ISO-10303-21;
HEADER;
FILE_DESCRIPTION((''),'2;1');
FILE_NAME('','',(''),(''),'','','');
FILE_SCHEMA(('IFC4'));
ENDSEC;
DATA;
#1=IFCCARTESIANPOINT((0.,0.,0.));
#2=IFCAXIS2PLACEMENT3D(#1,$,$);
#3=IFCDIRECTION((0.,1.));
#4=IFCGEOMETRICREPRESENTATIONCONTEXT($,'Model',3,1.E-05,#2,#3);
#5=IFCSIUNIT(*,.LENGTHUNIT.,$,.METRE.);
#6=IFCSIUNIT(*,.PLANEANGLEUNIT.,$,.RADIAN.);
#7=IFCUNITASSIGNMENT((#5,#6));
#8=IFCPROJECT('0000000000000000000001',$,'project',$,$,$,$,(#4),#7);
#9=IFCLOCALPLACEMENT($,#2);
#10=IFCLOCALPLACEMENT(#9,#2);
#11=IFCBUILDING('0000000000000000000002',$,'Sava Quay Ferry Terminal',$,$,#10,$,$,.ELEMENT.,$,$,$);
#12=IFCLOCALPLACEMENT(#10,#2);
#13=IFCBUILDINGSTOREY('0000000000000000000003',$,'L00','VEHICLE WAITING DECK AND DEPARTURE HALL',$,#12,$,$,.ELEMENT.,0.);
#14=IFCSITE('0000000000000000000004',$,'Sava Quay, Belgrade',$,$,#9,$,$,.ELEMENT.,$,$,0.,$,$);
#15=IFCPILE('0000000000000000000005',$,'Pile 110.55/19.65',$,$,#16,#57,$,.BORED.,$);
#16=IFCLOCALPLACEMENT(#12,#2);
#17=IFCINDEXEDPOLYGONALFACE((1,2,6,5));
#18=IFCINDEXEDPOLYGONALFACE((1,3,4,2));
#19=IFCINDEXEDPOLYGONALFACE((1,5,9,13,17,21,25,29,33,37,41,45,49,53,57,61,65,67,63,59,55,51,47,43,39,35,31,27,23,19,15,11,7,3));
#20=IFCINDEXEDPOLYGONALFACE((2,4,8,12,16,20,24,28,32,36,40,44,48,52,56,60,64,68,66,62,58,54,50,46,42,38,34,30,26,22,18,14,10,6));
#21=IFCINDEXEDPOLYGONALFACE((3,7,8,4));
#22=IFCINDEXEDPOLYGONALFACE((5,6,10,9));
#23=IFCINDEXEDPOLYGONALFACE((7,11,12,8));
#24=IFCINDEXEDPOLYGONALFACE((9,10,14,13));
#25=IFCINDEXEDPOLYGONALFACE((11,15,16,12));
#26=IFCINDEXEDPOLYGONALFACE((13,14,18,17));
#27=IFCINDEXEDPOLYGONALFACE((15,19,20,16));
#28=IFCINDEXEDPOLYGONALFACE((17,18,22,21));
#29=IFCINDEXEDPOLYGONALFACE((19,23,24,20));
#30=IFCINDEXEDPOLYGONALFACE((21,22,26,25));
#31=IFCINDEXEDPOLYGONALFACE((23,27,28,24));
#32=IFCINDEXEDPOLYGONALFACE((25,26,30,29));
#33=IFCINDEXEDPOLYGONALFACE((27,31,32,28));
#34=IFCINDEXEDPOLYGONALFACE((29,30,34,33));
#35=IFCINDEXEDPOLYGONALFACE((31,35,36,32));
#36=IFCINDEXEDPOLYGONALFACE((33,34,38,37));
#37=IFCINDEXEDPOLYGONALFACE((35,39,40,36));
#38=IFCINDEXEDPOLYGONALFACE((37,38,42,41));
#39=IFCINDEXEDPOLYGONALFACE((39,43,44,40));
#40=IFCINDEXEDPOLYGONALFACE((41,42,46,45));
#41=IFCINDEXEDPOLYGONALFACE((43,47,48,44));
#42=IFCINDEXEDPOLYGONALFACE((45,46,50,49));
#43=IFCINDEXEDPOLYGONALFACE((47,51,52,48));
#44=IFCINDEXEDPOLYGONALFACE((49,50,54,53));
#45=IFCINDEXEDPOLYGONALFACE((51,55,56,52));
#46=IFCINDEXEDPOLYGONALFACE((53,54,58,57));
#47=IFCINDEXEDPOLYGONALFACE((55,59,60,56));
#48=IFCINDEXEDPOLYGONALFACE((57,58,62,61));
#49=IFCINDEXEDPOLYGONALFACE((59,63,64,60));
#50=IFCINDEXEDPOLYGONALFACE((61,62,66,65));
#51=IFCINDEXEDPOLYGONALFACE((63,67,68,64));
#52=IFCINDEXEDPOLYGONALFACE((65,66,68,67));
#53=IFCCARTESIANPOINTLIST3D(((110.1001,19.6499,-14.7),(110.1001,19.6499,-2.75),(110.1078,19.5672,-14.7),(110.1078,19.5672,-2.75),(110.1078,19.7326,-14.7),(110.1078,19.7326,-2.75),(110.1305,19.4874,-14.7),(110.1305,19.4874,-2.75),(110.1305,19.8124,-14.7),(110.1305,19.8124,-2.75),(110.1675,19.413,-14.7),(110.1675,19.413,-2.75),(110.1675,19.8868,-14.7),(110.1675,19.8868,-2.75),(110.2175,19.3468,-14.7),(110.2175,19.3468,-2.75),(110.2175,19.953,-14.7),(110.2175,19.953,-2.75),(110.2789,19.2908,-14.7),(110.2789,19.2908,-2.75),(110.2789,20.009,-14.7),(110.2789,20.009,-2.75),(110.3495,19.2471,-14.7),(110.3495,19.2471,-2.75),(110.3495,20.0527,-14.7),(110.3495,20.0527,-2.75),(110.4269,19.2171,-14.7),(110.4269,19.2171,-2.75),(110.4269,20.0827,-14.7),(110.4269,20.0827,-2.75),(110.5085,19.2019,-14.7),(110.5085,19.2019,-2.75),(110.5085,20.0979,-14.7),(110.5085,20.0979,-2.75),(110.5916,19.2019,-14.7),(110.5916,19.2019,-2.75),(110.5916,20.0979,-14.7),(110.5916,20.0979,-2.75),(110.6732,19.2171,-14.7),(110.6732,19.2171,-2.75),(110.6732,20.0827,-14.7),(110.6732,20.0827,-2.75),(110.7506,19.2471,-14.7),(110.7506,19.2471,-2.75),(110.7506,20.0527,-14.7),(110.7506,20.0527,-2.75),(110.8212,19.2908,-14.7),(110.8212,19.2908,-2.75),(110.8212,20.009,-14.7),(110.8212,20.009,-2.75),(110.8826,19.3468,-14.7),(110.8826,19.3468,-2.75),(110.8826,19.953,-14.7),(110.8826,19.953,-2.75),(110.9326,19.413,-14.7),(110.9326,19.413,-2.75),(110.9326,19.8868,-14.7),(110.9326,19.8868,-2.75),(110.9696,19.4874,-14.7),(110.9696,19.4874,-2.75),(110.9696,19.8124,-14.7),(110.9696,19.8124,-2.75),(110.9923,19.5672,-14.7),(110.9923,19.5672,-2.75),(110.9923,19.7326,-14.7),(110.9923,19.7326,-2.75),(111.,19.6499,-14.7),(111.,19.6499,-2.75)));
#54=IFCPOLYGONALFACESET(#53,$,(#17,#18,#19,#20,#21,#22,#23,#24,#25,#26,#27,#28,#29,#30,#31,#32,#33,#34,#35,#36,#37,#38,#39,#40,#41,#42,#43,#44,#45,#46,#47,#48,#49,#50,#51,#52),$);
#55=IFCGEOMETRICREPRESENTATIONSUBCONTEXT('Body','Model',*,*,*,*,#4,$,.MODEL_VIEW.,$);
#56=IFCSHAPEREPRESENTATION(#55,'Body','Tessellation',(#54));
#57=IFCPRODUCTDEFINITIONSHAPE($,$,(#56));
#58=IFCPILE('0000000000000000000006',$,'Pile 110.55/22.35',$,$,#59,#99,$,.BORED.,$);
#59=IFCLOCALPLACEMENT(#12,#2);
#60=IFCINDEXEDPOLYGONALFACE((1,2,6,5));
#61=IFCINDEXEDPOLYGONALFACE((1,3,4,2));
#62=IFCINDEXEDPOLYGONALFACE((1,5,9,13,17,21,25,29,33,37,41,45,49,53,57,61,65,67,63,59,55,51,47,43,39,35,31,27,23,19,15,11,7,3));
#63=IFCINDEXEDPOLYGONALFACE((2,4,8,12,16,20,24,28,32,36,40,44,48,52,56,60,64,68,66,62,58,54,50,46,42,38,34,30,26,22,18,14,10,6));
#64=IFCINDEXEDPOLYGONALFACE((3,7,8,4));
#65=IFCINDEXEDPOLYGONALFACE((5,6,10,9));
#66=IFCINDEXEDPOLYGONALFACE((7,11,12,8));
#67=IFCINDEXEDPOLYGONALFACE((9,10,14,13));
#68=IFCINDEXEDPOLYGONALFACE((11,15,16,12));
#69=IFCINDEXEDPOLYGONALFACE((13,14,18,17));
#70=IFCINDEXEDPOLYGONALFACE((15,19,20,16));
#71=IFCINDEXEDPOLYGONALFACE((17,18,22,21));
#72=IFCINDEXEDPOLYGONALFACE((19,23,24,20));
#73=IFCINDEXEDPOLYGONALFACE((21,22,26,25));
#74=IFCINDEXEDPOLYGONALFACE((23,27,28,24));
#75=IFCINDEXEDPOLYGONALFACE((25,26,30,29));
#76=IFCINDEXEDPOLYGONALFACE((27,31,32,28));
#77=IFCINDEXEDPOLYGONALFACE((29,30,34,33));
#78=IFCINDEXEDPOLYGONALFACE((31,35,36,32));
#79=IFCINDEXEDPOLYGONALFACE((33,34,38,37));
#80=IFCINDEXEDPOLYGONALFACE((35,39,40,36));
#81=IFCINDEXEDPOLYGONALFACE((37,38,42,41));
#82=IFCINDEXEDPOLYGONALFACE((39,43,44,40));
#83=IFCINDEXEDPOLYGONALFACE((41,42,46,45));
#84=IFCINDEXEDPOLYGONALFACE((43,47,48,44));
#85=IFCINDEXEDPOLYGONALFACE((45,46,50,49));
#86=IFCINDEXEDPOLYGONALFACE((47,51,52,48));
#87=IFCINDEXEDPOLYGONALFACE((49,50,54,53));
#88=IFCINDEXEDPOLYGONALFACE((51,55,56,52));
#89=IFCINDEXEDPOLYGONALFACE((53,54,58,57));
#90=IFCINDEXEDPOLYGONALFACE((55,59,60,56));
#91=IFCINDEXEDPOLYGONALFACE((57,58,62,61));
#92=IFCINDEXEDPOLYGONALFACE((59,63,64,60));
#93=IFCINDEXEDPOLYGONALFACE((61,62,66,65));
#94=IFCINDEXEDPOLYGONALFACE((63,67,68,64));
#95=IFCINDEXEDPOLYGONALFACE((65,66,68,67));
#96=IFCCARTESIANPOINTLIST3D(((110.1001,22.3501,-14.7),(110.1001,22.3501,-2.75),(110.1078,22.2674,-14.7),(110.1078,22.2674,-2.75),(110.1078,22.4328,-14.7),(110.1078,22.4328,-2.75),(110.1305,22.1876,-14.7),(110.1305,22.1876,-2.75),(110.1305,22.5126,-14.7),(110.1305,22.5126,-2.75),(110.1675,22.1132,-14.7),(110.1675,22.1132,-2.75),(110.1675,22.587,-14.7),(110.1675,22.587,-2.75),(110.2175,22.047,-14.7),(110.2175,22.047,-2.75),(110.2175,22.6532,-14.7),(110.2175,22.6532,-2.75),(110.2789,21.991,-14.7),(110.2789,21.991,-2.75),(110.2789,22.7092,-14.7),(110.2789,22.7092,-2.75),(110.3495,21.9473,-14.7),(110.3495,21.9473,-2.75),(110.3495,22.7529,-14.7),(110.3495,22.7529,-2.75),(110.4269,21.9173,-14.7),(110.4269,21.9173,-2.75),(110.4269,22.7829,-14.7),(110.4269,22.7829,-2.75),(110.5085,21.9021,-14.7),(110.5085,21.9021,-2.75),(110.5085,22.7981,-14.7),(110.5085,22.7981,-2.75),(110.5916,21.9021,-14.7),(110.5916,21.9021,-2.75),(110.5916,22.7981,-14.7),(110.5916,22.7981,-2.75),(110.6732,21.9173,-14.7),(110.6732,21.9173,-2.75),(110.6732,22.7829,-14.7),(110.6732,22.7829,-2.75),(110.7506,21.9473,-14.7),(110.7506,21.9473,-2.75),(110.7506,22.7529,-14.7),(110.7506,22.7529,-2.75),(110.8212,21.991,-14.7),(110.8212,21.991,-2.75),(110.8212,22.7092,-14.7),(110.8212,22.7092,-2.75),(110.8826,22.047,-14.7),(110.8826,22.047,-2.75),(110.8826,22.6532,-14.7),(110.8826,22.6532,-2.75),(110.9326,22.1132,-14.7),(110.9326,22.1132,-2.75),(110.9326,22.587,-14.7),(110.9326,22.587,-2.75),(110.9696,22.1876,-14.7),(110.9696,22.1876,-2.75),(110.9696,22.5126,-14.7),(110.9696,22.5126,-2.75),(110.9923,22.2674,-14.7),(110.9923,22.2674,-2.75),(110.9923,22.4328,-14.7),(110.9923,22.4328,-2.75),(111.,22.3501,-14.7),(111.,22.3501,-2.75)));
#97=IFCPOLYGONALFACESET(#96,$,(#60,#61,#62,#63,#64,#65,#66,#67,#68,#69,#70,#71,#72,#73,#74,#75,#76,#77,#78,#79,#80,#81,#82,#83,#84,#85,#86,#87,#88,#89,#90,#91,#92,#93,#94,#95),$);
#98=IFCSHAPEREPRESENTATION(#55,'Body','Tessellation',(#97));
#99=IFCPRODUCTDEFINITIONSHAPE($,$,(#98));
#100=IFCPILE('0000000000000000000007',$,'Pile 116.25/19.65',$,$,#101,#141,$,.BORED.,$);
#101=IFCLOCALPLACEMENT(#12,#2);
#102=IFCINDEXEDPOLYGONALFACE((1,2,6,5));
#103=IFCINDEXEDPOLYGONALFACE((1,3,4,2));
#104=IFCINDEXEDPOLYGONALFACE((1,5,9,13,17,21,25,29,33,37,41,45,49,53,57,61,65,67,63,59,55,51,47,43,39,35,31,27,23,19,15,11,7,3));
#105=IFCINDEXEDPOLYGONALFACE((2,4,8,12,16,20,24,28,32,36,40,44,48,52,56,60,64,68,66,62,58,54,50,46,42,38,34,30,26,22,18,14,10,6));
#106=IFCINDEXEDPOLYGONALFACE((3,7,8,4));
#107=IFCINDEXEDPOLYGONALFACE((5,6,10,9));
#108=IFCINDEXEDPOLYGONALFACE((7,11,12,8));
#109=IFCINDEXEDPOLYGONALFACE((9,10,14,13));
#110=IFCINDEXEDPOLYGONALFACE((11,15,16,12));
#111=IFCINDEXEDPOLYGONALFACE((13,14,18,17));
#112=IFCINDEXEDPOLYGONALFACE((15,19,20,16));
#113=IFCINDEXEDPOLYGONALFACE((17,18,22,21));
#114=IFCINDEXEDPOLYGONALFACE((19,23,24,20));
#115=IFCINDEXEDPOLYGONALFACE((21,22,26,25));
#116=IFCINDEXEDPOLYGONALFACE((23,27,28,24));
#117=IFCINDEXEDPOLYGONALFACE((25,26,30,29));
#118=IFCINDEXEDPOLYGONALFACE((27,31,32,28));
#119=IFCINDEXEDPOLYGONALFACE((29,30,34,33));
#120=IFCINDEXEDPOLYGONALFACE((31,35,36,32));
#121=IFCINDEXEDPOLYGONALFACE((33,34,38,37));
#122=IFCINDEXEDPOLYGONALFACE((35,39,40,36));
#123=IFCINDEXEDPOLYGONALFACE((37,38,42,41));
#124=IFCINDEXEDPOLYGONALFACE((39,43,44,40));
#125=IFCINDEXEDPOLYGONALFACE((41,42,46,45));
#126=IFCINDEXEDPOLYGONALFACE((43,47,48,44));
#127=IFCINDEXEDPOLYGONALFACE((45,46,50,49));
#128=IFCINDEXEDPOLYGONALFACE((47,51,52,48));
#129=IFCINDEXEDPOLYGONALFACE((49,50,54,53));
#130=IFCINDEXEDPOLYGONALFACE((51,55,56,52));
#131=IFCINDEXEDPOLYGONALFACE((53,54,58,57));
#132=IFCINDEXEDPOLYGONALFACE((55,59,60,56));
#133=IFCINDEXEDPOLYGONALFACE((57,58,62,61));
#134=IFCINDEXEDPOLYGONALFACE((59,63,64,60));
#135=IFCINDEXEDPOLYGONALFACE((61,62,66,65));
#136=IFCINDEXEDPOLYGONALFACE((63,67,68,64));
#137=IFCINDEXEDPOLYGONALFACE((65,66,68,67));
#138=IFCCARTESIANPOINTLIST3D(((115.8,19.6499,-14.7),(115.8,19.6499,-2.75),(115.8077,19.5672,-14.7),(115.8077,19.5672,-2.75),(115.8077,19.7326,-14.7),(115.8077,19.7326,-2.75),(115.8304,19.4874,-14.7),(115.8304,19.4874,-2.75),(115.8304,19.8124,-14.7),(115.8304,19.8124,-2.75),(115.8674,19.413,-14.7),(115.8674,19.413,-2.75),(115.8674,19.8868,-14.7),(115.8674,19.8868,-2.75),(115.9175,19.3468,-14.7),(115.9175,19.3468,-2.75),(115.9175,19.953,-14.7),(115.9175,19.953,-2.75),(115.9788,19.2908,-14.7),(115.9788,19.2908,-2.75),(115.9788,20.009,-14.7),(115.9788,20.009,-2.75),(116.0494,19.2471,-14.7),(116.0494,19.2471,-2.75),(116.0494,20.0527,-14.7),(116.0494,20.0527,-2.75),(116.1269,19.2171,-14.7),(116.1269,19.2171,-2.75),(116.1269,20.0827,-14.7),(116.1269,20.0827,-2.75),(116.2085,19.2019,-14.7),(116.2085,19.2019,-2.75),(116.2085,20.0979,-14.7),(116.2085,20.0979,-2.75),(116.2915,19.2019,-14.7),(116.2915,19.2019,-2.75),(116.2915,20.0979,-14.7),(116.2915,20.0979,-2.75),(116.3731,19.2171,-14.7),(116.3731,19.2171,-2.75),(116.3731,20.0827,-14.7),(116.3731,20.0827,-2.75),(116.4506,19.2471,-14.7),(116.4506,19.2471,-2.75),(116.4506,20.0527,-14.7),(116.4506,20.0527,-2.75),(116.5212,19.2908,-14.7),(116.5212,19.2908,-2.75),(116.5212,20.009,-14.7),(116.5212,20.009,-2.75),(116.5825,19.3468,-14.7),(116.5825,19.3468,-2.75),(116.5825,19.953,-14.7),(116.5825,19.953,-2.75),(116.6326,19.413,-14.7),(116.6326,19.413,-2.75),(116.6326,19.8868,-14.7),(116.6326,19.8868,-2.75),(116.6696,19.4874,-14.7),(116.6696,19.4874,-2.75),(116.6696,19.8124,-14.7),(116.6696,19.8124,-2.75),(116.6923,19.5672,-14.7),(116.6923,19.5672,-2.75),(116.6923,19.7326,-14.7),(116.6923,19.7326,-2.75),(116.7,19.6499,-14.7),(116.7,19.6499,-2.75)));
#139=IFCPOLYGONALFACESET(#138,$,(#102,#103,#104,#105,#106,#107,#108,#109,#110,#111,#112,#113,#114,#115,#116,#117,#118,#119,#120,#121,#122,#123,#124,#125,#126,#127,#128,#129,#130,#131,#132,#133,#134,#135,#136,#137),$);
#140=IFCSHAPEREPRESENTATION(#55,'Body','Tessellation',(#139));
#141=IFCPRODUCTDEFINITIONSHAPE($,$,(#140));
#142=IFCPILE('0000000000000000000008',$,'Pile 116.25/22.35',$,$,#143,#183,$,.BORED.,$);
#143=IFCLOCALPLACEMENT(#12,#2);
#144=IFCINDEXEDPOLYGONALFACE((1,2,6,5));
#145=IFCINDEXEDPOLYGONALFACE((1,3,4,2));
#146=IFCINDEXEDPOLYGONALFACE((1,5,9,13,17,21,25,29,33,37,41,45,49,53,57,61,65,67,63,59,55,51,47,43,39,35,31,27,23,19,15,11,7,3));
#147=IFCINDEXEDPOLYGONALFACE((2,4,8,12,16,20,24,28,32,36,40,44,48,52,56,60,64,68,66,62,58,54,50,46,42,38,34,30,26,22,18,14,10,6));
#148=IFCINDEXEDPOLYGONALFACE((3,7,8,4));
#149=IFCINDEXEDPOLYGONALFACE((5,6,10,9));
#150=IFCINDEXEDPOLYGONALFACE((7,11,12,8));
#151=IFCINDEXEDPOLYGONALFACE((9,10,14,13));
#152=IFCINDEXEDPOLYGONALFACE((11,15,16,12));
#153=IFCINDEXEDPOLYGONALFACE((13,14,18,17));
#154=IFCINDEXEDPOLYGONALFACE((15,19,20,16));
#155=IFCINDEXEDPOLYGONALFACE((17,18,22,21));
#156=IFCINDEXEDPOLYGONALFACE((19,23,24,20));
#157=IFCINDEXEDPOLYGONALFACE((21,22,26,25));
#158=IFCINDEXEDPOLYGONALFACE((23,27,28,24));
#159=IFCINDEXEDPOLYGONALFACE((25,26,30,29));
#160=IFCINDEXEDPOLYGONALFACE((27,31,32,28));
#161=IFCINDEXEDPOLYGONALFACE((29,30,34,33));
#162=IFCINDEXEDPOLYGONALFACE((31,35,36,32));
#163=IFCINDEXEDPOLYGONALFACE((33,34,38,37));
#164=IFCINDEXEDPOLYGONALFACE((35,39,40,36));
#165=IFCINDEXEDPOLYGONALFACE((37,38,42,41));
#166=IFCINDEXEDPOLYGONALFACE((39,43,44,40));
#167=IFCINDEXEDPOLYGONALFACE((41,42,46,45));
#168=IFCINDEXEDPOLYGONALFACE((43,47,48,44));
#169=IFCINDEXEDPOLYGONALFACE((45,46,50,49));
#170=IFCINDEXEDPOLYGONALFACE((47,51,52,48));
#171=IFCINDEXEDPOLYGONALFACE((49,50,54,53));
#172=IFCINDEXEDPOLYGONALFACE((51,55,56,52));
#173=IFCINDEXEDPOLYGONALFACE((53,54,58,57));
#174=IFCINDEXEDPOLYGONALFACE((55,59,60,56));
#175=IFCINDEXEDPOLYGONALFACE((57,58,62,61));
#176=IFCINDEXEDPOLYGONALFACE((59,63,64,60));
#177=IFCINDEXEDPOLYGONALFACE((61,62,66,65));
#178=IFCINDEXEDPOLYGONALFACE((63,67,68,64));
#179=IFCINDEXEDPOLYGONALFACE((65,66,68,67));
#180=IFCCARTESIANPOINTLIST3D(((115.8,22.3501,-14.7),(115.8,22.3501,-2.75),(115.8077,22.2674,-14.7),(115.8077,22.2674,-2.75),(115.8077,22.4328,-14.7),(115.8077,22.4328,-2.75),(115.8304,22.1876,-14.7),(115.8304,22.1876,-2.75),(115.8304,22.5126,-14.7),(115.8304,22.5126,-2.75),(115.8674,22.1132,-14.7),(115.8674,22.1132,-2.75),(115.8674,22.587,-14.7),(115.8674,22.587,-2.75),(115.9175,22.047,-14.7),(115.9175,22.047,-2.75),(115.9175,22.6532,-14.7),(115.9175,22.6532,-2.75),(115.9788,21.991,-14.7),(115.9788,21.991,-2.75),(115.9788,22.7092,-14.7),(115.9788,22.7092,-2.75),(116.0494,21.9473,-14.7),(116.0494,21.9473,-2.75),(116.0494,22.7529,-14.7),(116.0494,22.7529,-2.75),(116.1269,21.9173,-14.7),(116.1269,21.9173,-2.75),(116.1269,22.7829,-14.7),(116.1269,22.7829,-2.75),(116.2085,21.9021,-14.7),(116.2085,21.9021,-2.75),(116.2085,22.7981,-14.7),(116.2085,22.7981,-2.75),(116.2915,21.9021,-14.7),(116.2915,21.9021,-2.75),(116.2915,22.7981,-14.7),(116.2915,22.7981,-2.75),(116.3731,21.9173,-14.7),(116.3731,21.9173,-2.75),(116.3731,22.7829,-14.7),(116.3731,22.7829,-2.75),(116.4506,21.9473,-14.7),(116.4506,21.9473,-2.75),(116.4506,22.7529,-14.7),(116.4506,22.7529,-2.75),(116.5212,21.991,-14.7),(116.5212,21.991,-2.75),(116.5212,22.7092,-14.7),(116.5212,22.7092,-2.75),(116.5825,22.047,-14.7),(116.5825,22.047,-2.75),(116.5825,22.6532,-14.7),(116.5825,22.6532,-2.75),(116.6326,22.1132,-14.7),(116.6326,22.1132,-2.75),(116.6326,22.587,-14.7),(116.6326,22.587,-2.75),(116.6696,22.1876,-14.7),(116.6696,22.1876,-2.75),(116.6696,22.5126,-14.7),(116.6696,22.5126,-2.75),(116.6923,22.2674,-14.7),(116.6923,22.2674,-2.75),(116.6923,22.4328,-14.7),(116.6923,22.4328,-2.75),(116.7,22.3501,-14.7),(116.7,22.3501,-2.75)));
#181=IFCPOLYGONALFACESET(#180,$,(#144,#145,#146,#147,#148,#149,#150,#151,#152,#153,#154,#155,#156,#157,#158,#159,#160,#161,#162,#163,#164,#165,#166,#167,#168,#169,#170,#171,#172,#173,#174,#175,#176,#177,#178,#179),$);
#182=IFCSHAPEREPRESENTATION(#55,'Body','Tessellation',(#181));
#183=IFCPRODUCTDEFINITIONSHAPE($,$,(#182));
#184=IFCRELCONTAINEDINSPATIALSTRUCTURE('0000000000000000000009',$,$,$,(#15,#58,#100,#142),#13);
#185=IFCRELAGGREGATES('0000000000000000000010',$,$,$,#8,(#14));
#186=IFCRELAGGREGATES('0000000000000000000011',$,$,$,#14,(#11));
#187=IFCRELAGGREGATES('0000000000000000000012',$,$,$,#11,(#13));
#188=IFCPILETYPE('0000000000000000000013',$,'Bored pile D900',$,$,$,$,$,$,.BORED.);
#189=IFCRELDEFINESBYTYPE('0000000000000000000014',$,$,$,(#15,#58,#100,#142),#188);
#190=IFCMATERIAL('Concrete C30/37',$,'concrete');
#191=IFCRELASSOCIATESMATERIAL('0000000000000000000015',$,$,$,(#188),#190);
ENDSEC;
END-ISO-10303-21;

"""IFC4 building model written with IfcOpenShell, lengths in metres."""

from ifc_helpers import new_model, si_unit, direction, frame, origin, origin_2d, place, context, subcontext, project, spatial, circle, extrude, material, material_profile, profile_set, type_object, element, save


model = new_model("IFC4")

# Units and contexts
model_context = context("Model", 3, precision=1e-05, world=origin(), true_north=direction((0.0, 1.0)))
body_context = subcontext(model_context, "Body", "Model", "MODEL_VIEW")
ifc_project = project(units=[si_unit("LENGTHUNIT", "METRE"), si_unit("PLANEANGLEUNIT", "RADIAN")], contexts=[model_context])

# Site, building, storey
site_placement = place(None, origin())
site = spatial("IfcSite", under=ifc_project, at=site_placement, Name="Sava Quay, Belgrade", CompositionType="ELEMENT", RefElevation=0.0)
building_placement = place(site_placement, origin())
building = spatial("IfcBuilding", under=site, at=building_placement, Name="Sava Quay Ferry Terminal", CompositionType="ELEMENT")
storey_placement = place(building_placement, origin())
storey = spatial("IfcBuildingStorey", under=building, at=storey_placement, Name="L00", Description="VEHICLE WAITING DECK AND DEPARTURE HALL", CompositionType="ELEMENT", Elevation=0.0)

# Piles
ifc_material_1 = material(Name="Concrete C30/37", Category="concrete")
ifc_material_profile_1 = material_profile(ifc_material_1, circle(Radius=0.45, at=origin_2d()), Name="Bored pile D900")
ifc_profile_set_1 = profile_set([ifc_material_profile_1], Name="Concrete C30/37")
pile_type = type_object("IfcPileType", Name="Bored pile D900", PredefinedType="BORED", material=ifc_profile_set_1)
for number, where, z_axis, x_axis, name in (
    (1, (110.55, 19.6499, -2.75), (0.0, 0.0, -1.0), (1.0, 0.0, 0.0), "Pile 110.55/19.65"),
    (2, (110.55, 22.3501, -2.75), (0.0, 0.0, -1.0), (1.0, 0.0, 0.0), "Pile 110.55/22.35"),
    (3, (116.25, 19.6499, -2.75), (0.0, 0.0, -1.0), (1.0, 0.0, 0.0), "Pile 116.25/19.65"),
    (4, (116.25, 22.3501, -2.75), (0.0, 0.0, -1.0), (1.0, 0.0, 0.0), "Pile 116.25/22.35"),
):
    element("IfcPile", number, at=place(storey_placement, frame(where, z_axis=z_axis, x_axis=x_axis)), inside=storey, type_object=pile_type, Name=name, PredefinedType="BORED", context=body_context, shape_type="SweptSolid", body=[
        extrude(circle(Radius=0.45, at=origin_2d()), origin(), (0.0, 0.0, 1.0), 11.95),
    ])

save(model, "model.ifc")
